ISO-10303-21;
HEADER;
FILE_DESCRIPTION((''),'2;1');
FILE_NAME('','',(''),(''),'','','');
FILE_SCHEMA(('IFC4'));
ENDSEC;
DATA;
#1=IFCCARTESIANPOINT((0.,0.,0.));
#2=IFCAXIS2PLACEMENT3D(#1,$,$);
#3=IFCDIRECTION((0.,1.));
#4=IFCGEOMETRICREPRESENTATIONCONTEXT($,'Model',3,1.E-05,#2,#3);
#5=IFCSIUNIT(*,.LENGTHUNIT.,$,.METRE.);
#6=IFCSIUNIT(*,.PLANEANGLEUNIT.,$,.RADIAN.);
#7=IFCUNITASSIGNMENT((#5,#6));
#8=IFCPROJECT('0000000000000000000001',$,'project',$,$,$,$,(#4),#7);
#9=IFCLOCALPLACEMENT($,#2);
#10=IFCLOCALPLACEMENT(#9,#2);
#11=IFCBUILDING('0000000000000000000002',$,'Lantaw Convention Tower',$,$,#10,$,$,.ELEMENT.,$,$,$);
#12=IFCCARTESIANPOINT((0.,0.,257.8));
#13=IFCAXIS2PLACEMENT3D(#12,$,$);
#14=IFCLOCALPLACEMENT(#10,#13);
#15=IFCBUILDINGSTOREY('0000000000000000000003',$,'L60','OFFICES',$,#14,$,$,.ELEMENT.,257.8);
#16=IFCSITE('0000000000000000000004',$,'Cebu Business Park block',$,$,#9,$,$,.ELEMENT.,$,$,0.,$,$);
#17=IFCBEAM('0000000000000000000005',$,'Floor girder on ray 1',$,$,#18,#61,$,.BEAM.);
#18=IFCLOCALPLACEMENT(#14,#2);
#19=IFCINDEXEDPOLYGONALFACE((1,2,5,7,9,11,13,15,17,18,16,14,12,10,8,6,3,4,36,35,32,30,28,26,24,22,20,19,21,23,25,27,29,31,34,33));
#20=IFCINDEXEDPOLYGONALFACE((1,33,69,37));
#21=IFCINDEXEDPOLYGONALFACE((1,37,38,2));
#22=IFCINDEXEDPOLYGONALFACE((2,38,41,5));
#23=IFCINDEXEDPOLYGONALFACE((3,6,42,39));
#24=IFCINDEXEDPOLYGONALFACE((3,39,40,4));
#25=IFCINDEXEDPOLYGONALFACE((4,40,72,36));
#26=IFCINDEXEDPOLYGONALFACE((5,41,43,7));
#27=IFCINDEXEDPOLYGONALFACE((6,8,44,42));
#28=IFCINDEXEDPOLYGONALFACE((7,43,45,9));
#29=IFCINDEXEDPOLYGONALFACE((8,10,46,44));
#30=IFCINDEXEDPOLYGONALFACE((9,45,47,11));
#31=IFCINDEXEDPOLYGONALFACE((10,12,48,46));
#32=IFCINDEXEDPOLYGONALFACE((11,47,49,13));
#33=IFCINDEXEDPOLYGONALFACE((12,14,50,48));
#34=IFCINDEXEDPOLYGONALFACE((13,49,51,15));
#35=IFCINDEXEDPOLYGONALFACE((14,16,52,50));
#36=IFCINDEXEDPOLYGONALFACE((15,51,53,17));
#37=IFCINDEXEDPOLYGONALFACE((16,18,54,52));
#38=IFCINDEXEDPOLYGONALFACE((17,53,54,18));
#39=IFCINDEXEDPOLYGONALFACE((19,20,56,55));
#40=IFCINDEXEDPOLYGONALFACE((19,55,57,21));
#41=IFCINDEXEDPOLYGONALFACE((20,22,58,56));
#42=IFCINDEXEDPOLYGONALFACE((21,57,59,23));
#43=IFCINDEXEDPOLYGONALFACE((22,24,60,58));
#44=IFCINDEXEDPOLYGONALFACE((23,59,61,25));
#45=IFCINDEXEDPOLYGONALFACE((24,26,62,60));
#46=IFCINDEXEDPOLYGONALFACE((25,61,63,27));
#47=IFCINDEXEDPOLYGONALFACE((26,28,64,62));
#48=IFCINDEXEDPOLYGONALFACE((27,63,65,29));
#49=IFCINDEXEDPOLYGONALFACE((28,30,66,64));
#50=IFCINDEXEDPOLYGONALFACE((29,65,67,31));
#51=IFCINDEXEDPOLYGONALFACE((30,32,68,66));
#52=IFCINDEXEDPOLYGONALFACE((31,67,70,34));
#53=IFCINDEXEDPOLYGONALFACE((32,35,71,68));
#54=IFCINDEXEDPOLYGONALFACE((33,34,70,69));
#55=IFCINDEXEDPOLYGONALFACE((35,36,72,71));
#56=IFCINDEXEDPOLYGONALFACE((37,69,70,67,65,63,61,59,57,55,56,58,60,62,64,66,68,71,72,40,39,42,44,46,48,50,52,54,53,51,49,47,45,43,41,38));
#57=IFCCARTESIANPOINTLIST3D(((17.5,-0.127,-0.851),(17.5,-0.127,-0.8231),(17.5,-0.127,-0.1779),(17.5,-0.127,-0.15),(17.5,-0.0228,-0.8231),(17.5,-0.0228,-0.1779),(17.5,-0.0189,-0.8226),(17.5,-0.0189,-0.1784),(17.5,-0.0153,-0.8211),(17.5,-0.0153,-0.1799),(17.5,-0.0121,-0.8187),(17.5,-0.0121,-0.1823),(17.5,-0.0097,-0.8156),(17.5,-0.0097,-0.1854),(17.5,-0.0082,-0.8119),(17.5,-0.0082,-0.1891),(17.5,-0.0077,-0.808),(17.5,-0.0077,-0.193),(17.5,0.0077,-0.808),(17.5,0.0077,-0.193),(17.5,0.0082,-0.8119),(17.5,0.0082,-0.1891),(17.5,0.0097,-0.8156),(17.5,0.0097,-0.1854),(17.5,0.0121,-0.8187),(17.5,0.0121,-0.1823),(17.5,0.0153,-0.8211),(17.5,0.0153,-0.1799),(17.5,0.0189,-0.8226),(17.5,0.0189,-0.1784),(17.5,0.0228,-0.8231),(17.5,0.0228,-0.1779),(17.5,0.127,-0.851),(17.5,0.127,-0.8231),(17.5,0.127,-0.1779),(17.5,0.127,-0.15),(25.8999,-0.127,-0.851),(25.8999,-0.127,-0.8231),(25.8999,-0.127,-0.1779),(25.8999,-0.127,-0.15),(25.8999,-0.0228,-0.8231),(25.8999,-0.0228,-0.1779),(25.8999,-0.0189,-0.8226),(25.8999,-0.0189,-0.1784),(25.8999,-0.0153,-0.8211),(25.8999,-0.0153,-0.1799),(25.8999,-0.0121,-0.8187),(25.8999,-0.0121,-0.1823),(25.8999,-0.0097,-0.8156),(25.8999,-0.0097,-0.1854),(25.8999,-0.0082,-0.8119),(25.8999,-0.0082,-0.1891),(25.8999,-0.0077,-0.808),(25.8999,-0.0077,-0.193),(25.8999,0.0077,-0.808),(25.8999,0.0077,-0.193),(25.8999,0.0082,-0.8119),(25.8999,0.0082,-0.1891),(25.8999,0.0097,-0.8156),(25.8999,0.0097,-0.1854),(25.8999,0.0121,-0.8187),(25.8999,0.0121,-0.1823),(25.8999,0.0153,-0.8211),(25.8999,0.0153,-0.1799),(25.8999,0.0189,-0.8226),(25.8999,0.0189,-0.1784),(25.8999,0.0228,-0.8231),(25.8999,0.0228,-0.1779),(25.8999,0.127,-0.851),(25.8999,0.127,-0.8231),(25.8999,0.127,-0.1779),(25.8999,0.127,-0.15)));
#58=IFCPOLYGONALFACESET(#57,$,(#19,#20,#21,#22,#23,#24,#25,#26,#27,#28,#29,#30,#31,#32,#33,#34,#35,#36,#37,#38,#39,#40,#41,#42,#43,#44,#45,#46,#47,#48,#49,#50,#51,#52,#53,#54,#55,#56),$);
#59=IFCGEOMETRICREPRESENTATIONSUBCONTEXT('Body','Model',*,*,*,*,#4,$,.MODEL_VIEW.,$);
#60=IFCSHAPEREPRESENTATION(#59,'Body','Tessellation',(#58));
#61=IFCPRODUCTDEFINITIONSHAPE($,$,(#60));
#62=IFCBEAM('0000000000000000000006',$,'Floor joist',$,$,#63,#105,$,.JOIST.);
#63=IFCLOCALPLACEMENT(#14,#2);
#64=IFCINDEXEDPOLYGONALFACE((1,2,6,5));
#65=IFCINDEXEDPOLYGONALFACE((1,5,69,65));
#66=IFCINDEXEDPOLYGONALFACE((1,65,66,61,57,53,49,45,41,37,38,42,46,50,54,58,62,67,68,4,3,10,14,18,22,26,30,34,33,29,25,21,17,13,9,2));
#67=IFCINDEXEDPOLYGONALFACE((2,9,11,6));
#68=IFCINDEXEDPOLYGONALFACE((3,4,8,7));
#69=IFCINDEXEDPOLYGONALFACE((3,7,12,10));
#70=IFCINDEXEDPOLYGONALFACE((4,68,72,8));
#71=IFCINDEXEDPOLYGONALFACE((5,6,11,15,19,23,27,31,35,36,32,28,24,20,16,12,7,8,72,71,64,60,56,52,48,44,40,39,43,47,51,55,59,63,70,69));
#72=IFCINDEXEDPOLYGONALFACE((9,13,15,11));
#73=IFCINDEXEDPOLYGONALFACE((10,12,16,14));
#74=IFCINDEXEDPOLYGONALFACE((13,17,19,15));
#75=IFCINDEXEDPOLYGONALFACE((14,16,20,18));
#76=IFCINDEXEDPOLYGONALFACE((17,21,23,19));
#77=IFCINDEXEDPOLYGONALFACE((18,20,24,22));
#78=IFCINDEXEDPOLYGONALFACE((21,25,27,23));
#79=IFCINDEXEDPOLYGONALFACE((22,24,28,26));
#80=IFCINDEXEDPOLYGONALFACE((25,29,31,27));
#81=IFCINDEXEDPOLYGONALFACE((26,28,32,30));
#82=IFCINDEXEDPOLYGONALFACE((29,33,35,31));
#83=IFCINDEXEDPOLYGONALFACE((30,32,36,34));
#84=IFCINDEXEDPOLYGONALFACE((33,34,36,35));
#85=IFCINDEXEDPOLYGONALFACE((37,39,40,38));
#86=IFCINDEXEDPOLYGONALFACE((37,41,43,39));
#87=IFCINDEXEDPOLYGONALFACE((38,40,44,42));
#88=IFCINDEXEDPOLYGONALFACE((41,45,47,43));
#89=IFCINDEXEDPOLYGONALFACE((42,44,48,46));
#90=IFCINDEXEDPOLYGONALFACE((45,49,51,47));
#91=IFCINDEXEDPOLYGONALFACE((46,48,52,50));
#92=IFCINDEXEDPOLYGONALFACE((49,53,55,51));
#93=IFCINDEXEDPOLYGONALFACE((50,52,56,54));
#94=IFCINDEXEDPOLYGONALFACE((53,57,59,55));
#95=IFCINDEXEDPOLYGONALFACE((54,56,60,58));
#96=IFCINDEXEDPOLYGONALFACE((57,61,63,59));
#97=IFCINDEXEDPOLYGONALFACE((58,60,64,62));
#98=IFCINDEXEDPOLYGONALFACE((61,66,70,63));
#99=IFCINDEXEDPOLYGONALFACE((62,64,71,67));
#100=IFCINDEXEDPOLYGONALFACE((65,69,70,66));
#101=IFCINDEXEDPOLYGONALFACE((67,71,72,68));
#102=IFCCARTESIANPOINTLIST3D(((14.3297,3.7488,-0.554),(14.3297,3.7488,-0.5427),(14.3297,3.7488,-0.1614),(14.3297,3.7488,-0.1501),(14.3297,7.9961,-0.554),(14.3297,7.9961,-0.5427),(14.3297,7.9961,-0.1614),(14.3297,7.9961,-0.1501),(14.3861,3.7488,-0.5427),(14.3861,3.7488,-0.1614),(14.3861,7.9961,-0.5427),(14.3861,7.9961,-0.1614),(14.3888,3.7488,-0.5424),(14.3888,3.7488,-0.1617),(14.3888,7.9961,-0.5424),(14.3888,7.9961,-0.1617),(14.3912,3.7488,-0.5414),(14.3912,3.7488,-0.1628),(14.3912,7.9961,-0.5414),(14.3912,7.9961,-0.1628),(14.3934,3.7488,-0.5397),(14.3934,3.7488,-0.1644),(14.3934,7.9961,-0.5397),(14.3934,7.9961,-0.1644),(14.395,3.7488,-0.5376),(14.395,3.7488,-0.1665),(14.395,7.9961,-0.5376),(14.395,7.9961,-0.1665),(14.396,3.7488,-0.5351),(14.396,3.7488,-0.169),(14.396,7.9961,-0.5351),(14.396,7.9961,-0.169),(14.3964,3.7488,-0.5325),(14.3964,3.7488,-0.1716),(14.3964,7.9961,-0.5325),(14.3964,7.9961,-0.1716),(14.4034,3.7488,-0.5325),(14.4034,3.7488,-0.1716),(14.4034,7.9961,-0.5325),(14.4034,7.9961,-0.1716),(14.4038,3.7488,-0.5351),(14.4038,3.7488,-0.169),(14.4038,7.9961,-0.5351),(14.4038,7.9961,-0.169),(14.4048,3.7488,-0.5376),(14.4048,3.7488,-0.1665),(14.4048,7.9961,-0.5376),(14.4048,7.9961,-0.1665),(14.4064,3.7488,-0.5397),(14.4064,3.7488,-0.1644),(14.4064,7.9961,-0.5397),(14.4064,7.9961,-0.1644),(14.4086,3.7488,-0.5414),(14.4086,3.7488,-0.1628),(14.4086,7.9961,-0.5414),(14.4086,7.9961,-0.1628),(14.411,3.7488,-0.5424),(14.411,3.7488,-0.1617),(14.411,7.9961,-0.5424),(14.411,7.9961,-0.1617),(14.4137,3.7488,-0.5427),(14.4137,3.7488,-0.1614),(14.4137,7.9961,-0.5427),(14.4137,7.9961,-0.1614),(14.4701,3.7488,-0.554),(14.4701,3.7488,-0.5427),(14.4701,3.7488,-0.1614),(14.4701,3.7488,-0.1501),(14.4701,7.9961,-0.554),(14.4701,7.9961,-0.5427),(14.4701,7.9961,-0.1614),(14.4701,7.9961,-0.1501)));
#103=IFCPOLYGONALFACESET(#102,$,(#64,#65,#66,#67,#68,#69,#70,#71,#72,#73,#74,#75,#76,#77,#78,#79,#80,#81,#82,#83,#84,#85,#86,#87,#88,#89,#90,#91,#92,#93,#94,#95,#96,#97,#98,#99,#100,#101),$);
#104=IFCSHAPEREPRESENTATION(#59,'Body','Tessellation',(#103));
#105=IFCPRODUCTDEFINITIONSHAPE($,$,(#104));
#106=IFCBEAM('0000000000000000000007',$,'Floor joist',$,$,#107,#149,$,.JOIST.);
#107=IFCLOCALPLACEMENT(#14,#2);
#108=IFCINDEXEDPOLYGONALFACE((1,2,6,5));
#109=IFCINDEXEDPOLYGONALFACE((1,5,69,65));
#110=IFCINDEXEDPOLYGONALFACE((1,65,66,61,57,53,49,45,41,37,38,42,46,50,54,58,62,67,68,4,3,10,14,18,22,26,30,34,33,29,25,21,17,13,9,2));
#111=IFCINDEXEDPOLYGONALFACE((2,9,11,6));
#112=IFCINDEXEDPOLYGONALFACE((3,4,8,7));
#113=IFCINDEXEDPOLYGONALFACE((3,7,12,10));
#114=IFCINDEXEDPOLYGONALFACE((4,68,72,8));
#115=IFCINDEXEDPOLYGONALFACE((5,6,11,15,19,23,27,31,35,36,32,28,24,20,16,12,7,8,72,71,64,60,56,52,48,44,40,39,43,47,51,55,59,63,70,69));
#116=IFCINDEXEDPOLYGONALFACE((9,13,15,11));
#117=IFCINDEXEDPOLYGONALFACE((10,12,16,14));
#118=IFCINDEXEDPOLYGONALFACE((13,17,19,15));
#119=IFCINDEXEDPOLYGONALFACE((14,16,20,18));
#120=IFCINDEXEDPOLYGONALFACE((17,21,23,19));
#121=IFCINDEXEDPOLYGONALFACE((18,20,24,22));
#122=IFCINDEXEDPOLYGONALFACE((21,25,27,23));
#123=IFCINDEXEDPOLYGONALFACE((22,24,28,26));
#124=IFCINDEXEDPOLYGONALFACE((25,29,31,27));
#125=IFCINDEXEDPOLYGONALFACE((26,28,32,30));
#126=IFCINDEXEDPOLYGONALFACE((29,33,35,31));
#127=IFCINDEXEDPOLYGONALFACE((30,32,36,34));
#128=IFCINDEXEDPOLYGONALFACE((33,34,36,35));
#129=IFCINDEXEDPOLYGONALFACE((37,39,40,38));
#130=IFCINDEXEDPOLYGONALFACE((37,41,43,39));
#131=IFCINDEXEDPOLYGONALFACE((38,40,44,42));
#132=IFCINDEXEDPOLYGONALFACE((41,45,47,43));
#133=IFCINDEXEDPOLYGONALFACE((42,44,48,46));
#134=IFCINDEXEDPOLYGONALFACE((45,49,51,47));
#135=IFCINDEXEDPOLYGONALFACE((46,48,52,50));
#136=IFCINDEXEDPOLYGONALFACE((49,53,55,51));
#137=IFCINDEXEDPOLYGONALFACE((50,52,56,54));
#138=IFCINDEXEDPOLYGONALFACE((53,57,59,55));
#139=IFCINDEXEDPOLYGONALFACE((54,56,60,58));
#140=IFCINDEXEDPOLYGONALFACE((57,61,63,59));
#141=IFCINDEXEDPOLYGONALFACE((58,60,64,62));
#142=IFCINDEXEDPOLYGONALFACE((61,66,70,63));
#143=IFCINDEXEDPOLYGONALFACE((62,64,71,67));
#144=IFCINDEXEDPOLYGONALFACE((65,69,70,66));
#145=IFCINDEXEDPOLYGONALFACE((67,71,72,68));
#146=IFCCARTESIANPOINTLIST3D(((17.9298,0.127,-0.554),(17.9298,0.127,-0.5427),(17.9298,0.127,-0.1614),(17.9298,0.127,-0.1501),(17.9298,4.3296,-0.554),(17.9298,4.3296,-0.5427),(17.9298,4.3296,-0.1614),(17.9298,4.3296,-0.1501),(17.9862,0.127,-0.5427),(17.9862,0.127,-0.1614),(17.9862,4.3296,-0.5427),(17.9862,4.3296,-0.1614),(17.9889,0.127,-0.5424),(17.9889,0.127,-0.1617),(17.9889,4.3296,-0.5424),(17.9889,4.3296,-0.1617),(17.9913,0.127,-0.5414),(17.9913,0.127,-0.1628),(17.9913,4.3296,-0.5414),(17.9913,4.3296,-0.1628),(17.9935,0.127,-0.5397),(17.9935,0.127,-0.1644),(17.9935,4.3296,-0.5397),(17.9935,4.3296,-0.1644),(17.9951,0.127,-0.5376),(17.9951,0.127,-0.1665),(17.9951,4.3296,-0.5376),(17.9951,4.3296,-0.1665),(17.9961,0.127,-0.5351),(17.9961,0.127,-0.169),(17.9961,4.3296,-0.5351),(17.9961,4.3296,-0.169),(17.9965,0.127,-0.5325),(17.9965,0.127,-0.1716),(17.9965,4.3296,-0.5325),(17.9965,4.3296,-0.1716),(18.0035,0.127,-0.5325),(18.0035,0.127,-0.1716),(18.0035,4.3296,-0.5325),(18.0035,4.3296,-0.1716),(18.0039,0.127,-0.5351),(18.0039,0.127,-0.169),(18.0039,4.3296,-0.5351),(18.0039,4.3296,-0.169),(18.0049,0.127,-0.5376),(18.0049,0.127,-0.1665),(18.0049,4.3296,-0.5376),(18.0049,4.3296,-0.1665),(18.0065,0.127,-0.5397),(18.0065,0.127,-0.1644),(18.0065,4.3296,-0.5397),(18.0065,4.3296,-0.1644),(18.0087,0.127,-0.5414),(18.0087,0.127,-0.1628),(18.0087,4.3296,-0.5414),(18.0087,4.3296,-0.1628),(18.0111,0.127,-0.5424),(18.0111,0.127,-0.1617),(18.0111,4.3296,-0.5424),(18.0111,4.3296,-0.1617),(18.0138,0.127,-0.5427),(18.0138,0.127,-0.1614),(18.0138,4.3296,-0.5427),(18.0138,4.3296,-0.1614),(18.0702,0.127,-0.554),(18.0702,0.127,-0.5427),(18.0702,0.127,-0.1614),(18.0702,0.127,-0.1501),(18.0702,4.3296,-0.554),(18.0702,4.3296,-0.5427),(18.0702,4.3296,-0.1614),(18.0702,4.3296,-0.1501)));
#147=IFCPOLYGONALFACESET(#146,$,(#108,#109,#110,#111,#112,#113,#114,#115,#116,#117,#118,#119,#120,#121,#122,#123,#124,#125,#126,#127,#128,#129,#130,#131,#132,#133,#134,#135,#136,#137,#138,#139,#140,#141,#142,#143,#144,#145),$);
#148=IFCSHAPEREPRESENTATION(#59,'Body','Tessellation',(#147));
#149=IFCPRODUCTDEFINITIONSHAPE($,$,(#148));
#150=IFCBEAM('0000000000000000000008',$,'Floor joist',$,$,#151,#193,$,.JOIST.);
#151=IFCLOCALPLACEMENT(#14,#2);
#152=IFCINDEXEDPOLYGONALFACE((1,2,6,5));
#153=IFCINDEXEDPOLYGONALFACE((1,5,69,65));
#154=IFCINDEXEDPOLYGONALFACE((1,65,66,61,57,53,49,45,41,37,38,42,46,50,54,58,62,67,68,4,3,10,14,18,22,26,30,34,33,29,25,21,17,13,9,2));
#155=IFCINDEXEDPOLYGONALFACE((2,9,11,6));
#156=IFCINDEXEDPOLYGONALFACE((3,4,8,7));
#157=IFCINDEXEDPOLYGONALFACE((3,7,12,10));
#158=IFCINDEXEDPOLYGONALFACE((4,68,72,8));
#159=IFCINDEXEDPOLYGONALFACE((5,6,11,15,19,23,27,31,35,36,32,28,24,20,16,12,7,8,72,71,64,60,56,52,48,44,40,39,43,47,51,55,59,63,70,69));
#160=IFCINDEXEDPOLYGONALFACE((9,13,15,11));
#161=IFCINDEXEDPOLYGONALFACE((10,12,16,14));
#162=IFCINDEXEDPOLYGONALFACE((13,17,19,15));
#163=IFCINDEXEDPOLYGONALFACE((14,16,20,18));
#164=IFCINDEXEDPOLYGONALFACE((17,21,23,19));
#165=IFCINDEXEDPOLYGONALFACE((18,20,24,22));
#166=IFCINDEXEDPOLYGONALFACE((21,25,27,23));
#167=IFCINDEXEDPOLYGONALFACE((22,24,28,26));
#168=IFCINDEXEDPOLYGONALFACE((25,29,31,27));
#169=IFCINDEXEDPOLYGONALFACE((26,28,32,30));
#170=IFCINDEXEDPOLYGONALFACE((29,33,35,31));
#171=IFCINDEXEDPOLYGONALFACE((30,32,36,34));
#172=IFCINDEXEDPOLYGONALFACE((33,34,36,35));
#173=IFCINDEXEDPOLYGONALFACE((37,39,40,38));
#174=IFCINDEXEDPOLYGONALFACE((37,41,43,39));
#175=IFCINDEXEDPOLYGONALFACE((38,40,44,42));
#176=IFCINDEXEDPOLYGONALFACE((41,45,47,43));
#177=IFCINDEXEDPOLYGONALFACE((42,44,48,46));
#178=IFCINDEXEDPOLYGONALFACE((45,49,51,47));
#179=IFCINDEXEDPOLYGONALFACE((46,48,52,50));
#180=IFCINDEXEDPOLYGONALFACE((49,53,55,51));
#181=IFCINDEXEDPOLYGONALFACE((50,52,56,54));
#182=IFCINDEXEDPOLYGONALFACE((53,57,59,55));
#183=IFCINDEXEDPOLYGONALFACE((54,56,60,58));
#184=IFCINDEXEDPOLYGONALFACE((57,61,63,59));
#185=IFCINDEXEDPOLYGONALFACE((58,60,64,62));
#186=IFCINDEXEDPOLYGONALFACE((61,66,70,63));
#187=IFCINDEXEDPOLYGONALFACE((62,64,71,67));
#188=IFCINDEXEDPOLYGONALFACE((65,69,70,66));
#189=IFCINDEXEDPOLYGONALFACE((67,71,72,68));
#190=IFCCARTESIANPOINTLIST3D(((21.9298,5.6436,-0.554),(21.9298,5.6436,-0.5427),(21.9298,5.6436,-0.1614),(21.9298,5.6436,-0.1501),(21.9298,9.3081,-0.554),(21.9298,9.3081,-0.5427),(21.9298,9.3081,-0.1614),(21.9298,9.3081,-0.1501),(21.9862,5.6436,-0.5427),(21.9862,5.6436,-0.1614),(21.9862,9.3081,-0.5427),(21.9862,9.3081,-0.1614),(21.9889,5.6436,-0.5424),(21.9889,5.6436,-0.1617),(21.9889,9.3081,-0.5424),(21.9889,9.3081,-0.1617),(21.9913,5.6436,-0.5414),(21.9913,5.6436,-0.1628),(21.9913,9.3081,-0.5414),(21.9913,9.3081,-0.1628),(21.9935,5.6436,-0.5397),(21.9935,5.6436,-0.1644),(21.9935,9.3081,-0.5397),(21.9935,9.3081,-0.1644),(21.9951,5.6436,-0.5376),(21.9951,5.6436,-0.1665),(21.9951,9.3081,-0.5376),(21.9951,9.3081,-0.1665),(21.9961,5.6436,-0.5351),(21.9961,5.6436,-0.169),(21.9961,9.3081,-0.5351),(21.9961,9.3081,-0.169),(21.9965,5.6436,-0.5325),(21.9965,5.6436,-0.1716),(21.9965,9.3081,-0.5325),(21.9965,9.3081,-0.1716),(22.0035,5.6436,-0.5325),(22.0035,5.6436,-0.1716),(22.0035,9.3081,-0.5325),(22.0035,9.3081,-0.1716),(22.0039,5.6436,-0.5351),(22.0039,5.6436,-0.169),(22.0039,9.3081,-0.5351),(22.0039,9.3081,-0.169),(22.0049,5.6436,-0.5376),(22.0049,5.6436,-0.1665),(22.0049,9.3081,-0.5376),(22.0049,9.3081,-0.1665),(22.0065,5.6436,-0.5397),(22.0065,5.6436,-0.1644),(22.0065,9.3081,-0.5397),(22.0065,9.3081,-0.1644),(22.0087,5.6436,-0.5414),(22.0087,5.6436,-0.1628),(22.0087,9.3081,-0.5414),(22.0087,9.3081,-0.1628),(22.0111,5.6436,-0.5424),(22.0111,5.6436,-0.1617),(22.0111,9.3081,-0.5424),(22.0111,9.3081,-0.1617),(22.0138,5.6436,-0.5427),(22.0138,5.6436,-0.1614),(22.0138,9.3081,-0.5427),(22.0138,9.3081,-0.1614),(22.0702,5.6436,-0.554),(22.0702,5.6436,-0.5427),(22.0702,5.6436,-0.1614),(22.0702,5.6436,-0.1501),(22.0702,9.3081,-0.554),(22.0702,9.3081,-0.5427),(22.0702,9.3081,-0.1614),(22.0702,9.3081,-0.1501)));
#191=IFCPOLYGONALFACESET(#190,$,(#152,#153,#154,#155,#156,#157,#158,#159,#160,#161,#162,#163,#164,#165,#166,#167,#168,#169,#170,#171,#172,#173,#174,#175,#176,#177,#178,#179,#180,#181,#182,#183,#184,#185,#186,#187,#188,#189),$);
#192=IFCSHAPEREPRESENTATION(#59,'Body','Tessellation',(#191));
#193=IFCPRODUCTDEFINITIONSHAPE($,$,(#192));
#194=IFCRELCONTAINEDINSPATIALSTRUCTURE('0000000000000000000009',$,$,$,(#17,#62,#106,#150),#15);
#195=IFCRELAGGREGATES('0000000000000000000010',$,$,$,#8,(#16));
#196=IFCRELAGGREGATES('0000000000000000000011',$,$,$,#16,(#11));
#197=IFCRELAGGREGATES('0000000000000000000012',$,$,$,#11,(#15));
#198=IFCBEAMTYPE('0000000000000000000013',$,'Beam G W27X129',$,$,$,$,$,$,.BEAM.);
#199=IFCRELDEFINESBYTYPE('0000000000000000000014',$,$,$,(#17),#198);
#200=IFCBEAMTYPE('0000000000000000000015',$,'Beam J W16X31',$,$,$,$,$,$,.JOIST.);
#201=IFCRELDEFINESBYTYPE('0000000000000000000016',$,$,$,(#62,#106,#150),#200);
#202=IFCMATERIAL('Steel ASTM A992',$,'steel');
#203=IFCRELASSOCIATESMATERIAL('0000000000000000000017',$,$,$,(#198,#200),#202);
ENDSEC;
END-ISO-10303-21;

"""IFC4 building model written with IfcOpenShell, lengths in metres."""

from ifc_helpers import new_model, si_unit, direction, frame, origin, origin_2d, place, context, subcontext, project, spatial, i_section, extrude, material, material_profile, profile_set, type_object, element, save


model = new_model("IFC4")

# Units and contexts
model_context = context("Model", 3, precision=1e-05, world=origin(), true_north=direction((0.0, 1.0)))
body_context = subcontext(model_context, "Body", "Model", "MODEL_VIEW")
ifc_project = project(units=[si_unit("LENGTHUNIT", "METRE"), si_unit("PLANEANGLEUNIT", "RADIAN")], contexts=[model_context])

# Site, building, storey
site_placement = place(None, origin())
site = spatial("IfcSite", under=ifc_project, at=site_placement, Name="Cebu Business Park block", CompositionType="ELEMENT", RefElevation=0.0)
building_placement = place(site_placement, origin())
building = spatial("IfcBuilding", under=site, at=building_placement, Name="Lantaw Convention Tower", CompositionType="ELEMENT")
storey_placement = place(building_placement, frame((0.0, 0.0, 257.8)))
storey = spatial("IfcBuildingStorey", under=building, at=storey_placement, Name="L60", Description="OFFICES", CompositionType="ELEMENT", Elevation=257.8)

# Beams
ifc_material_1 = material(Name="Steel ASTM A992", Category="steel")
ifc_material_profile_1 = material_profile(ifc_material_1, i_section(OverallWidth=0.2539, OverallDepth=0.7009, WebThickness=0.0154, FlangeThickness=0.0278, FilletRadius=0.0151, at=origin_2d()), Name="W27X129")
ifc_profile_set_1 = profile_set([ifc_material_profile_1], Name="Steel ASTM A992")
beam_type_1 = type_object("IfcBeamType", Name="Beam G W27X129", PredefinedType="BEAM", material=ifc_profile_set_1)
beam_1_placement = place(storey_placement, frame((17.5, 0.0, -0.5005), z_axis=(1.0, 0.0, 0.0), x_axis=(0.0, 1.0, 0.0)))
element("IfcBeam", 1, at=beam_1_placement, inside=storey, type_object=beam_type_1, Name="Floor girder on ray 1", PredefinedType="BEAM", context=body_context, shape_type="SweptSolid", body=[
    extrude(i_section(OverallWidth=0.2539, OverallDepth=0.7009, WebThickness=0.0154, FlangeThickness=0.0278, FilletRadius=0.0151, at=origin_2d()), origin(), (0.0, 0.0, 1.0), 8.3999),
])
ifc_material_profile_2 = material_profile(ifc_material_1, i_section(OverallWidth=0.1404, OverallDepth=0.4038, WebThickness=0.0071, FlangeThickness=0.0112, FilletRadius=0.0103, at=origin_2d()), Name="W16X31")
ifc_profile_set_2 = profile_set([ifc_material_profile_2], Name="Steel ASTM A992")
beam_type_2 = type_object("IfcBeamType", Name="Beam J W16X31", PredefinedType="JOIST", material=ifc_profile_set_2)
beam_2_placement = place(storey_placement, frame((14.3999, 3.7488, -0.3521), z_axis=(0.0, 1.0, 0.0), x_axis=(-1.0, 0.0, 0.0)))
element("IfcBeam", 2, at=beam_2_placement, inside=storey, type_object=beam_type_2, Name="Floor joist", PredefinedType="JOIST", context=body_context, shape_type="SweptSolid", body=[
    extrude(i_section(OverallWidth=0.1404, OverallDepth=0.4038, WebThickness=0.0071, FlangeThickness=0.0112, FilletRadius=0.0103, at=origin_2d()), origin(), (0.0, 0.0, 1.0), 4.2473),
])
beam_3_placement = place(storey_placement, frame((18.0, 0.127, -0.3521), z_axis=(0.0, 1.0, 0.0), x_axis=(-1.0, 0.0, 0.0)))
element("IfcBeam", 3, at=beam_3_placement, inside=storey, type_object=beam_type_2, Name="Floor joist", PredefinedType="JOIST", context=body_context, shape_type="SweptSolid", body=[
    extrude(i_section(OverallWidth=0.1404, OverallDepth=0.4038, WebThickness=0.0071, FlangeThickness=0.0112, FilletRadius=0.0103, at=origin_2d()), origin(), (0.0, 0.0, 1.0), 4.2026),
])
beam_4_placement = place(storey_placement, frame((22.0, 5.6436, -0.3521), z_axis=(0.0, 1.0, 0.0), x_axis=(-1.0, 0.0, 0.0)))
element("IfcBeam", 4, at=beam_4_placement, inside=storey, type_object=beam_type_2, Name="Floor joist", PredefinedType="JOIST", context=body_context, shape_type="SweptSolid", body=[
    extrude(i_section(OverallWidth=0.1404, OverallDepth=0.4038, WebThickness=0.0071, FlangeThickness=0.0112, FilletRadius=0.0103, at=origin_2d()), origin(), (0.0, 0.0, 1.0), 3.6646),
])

save(model, "model.ifc")
